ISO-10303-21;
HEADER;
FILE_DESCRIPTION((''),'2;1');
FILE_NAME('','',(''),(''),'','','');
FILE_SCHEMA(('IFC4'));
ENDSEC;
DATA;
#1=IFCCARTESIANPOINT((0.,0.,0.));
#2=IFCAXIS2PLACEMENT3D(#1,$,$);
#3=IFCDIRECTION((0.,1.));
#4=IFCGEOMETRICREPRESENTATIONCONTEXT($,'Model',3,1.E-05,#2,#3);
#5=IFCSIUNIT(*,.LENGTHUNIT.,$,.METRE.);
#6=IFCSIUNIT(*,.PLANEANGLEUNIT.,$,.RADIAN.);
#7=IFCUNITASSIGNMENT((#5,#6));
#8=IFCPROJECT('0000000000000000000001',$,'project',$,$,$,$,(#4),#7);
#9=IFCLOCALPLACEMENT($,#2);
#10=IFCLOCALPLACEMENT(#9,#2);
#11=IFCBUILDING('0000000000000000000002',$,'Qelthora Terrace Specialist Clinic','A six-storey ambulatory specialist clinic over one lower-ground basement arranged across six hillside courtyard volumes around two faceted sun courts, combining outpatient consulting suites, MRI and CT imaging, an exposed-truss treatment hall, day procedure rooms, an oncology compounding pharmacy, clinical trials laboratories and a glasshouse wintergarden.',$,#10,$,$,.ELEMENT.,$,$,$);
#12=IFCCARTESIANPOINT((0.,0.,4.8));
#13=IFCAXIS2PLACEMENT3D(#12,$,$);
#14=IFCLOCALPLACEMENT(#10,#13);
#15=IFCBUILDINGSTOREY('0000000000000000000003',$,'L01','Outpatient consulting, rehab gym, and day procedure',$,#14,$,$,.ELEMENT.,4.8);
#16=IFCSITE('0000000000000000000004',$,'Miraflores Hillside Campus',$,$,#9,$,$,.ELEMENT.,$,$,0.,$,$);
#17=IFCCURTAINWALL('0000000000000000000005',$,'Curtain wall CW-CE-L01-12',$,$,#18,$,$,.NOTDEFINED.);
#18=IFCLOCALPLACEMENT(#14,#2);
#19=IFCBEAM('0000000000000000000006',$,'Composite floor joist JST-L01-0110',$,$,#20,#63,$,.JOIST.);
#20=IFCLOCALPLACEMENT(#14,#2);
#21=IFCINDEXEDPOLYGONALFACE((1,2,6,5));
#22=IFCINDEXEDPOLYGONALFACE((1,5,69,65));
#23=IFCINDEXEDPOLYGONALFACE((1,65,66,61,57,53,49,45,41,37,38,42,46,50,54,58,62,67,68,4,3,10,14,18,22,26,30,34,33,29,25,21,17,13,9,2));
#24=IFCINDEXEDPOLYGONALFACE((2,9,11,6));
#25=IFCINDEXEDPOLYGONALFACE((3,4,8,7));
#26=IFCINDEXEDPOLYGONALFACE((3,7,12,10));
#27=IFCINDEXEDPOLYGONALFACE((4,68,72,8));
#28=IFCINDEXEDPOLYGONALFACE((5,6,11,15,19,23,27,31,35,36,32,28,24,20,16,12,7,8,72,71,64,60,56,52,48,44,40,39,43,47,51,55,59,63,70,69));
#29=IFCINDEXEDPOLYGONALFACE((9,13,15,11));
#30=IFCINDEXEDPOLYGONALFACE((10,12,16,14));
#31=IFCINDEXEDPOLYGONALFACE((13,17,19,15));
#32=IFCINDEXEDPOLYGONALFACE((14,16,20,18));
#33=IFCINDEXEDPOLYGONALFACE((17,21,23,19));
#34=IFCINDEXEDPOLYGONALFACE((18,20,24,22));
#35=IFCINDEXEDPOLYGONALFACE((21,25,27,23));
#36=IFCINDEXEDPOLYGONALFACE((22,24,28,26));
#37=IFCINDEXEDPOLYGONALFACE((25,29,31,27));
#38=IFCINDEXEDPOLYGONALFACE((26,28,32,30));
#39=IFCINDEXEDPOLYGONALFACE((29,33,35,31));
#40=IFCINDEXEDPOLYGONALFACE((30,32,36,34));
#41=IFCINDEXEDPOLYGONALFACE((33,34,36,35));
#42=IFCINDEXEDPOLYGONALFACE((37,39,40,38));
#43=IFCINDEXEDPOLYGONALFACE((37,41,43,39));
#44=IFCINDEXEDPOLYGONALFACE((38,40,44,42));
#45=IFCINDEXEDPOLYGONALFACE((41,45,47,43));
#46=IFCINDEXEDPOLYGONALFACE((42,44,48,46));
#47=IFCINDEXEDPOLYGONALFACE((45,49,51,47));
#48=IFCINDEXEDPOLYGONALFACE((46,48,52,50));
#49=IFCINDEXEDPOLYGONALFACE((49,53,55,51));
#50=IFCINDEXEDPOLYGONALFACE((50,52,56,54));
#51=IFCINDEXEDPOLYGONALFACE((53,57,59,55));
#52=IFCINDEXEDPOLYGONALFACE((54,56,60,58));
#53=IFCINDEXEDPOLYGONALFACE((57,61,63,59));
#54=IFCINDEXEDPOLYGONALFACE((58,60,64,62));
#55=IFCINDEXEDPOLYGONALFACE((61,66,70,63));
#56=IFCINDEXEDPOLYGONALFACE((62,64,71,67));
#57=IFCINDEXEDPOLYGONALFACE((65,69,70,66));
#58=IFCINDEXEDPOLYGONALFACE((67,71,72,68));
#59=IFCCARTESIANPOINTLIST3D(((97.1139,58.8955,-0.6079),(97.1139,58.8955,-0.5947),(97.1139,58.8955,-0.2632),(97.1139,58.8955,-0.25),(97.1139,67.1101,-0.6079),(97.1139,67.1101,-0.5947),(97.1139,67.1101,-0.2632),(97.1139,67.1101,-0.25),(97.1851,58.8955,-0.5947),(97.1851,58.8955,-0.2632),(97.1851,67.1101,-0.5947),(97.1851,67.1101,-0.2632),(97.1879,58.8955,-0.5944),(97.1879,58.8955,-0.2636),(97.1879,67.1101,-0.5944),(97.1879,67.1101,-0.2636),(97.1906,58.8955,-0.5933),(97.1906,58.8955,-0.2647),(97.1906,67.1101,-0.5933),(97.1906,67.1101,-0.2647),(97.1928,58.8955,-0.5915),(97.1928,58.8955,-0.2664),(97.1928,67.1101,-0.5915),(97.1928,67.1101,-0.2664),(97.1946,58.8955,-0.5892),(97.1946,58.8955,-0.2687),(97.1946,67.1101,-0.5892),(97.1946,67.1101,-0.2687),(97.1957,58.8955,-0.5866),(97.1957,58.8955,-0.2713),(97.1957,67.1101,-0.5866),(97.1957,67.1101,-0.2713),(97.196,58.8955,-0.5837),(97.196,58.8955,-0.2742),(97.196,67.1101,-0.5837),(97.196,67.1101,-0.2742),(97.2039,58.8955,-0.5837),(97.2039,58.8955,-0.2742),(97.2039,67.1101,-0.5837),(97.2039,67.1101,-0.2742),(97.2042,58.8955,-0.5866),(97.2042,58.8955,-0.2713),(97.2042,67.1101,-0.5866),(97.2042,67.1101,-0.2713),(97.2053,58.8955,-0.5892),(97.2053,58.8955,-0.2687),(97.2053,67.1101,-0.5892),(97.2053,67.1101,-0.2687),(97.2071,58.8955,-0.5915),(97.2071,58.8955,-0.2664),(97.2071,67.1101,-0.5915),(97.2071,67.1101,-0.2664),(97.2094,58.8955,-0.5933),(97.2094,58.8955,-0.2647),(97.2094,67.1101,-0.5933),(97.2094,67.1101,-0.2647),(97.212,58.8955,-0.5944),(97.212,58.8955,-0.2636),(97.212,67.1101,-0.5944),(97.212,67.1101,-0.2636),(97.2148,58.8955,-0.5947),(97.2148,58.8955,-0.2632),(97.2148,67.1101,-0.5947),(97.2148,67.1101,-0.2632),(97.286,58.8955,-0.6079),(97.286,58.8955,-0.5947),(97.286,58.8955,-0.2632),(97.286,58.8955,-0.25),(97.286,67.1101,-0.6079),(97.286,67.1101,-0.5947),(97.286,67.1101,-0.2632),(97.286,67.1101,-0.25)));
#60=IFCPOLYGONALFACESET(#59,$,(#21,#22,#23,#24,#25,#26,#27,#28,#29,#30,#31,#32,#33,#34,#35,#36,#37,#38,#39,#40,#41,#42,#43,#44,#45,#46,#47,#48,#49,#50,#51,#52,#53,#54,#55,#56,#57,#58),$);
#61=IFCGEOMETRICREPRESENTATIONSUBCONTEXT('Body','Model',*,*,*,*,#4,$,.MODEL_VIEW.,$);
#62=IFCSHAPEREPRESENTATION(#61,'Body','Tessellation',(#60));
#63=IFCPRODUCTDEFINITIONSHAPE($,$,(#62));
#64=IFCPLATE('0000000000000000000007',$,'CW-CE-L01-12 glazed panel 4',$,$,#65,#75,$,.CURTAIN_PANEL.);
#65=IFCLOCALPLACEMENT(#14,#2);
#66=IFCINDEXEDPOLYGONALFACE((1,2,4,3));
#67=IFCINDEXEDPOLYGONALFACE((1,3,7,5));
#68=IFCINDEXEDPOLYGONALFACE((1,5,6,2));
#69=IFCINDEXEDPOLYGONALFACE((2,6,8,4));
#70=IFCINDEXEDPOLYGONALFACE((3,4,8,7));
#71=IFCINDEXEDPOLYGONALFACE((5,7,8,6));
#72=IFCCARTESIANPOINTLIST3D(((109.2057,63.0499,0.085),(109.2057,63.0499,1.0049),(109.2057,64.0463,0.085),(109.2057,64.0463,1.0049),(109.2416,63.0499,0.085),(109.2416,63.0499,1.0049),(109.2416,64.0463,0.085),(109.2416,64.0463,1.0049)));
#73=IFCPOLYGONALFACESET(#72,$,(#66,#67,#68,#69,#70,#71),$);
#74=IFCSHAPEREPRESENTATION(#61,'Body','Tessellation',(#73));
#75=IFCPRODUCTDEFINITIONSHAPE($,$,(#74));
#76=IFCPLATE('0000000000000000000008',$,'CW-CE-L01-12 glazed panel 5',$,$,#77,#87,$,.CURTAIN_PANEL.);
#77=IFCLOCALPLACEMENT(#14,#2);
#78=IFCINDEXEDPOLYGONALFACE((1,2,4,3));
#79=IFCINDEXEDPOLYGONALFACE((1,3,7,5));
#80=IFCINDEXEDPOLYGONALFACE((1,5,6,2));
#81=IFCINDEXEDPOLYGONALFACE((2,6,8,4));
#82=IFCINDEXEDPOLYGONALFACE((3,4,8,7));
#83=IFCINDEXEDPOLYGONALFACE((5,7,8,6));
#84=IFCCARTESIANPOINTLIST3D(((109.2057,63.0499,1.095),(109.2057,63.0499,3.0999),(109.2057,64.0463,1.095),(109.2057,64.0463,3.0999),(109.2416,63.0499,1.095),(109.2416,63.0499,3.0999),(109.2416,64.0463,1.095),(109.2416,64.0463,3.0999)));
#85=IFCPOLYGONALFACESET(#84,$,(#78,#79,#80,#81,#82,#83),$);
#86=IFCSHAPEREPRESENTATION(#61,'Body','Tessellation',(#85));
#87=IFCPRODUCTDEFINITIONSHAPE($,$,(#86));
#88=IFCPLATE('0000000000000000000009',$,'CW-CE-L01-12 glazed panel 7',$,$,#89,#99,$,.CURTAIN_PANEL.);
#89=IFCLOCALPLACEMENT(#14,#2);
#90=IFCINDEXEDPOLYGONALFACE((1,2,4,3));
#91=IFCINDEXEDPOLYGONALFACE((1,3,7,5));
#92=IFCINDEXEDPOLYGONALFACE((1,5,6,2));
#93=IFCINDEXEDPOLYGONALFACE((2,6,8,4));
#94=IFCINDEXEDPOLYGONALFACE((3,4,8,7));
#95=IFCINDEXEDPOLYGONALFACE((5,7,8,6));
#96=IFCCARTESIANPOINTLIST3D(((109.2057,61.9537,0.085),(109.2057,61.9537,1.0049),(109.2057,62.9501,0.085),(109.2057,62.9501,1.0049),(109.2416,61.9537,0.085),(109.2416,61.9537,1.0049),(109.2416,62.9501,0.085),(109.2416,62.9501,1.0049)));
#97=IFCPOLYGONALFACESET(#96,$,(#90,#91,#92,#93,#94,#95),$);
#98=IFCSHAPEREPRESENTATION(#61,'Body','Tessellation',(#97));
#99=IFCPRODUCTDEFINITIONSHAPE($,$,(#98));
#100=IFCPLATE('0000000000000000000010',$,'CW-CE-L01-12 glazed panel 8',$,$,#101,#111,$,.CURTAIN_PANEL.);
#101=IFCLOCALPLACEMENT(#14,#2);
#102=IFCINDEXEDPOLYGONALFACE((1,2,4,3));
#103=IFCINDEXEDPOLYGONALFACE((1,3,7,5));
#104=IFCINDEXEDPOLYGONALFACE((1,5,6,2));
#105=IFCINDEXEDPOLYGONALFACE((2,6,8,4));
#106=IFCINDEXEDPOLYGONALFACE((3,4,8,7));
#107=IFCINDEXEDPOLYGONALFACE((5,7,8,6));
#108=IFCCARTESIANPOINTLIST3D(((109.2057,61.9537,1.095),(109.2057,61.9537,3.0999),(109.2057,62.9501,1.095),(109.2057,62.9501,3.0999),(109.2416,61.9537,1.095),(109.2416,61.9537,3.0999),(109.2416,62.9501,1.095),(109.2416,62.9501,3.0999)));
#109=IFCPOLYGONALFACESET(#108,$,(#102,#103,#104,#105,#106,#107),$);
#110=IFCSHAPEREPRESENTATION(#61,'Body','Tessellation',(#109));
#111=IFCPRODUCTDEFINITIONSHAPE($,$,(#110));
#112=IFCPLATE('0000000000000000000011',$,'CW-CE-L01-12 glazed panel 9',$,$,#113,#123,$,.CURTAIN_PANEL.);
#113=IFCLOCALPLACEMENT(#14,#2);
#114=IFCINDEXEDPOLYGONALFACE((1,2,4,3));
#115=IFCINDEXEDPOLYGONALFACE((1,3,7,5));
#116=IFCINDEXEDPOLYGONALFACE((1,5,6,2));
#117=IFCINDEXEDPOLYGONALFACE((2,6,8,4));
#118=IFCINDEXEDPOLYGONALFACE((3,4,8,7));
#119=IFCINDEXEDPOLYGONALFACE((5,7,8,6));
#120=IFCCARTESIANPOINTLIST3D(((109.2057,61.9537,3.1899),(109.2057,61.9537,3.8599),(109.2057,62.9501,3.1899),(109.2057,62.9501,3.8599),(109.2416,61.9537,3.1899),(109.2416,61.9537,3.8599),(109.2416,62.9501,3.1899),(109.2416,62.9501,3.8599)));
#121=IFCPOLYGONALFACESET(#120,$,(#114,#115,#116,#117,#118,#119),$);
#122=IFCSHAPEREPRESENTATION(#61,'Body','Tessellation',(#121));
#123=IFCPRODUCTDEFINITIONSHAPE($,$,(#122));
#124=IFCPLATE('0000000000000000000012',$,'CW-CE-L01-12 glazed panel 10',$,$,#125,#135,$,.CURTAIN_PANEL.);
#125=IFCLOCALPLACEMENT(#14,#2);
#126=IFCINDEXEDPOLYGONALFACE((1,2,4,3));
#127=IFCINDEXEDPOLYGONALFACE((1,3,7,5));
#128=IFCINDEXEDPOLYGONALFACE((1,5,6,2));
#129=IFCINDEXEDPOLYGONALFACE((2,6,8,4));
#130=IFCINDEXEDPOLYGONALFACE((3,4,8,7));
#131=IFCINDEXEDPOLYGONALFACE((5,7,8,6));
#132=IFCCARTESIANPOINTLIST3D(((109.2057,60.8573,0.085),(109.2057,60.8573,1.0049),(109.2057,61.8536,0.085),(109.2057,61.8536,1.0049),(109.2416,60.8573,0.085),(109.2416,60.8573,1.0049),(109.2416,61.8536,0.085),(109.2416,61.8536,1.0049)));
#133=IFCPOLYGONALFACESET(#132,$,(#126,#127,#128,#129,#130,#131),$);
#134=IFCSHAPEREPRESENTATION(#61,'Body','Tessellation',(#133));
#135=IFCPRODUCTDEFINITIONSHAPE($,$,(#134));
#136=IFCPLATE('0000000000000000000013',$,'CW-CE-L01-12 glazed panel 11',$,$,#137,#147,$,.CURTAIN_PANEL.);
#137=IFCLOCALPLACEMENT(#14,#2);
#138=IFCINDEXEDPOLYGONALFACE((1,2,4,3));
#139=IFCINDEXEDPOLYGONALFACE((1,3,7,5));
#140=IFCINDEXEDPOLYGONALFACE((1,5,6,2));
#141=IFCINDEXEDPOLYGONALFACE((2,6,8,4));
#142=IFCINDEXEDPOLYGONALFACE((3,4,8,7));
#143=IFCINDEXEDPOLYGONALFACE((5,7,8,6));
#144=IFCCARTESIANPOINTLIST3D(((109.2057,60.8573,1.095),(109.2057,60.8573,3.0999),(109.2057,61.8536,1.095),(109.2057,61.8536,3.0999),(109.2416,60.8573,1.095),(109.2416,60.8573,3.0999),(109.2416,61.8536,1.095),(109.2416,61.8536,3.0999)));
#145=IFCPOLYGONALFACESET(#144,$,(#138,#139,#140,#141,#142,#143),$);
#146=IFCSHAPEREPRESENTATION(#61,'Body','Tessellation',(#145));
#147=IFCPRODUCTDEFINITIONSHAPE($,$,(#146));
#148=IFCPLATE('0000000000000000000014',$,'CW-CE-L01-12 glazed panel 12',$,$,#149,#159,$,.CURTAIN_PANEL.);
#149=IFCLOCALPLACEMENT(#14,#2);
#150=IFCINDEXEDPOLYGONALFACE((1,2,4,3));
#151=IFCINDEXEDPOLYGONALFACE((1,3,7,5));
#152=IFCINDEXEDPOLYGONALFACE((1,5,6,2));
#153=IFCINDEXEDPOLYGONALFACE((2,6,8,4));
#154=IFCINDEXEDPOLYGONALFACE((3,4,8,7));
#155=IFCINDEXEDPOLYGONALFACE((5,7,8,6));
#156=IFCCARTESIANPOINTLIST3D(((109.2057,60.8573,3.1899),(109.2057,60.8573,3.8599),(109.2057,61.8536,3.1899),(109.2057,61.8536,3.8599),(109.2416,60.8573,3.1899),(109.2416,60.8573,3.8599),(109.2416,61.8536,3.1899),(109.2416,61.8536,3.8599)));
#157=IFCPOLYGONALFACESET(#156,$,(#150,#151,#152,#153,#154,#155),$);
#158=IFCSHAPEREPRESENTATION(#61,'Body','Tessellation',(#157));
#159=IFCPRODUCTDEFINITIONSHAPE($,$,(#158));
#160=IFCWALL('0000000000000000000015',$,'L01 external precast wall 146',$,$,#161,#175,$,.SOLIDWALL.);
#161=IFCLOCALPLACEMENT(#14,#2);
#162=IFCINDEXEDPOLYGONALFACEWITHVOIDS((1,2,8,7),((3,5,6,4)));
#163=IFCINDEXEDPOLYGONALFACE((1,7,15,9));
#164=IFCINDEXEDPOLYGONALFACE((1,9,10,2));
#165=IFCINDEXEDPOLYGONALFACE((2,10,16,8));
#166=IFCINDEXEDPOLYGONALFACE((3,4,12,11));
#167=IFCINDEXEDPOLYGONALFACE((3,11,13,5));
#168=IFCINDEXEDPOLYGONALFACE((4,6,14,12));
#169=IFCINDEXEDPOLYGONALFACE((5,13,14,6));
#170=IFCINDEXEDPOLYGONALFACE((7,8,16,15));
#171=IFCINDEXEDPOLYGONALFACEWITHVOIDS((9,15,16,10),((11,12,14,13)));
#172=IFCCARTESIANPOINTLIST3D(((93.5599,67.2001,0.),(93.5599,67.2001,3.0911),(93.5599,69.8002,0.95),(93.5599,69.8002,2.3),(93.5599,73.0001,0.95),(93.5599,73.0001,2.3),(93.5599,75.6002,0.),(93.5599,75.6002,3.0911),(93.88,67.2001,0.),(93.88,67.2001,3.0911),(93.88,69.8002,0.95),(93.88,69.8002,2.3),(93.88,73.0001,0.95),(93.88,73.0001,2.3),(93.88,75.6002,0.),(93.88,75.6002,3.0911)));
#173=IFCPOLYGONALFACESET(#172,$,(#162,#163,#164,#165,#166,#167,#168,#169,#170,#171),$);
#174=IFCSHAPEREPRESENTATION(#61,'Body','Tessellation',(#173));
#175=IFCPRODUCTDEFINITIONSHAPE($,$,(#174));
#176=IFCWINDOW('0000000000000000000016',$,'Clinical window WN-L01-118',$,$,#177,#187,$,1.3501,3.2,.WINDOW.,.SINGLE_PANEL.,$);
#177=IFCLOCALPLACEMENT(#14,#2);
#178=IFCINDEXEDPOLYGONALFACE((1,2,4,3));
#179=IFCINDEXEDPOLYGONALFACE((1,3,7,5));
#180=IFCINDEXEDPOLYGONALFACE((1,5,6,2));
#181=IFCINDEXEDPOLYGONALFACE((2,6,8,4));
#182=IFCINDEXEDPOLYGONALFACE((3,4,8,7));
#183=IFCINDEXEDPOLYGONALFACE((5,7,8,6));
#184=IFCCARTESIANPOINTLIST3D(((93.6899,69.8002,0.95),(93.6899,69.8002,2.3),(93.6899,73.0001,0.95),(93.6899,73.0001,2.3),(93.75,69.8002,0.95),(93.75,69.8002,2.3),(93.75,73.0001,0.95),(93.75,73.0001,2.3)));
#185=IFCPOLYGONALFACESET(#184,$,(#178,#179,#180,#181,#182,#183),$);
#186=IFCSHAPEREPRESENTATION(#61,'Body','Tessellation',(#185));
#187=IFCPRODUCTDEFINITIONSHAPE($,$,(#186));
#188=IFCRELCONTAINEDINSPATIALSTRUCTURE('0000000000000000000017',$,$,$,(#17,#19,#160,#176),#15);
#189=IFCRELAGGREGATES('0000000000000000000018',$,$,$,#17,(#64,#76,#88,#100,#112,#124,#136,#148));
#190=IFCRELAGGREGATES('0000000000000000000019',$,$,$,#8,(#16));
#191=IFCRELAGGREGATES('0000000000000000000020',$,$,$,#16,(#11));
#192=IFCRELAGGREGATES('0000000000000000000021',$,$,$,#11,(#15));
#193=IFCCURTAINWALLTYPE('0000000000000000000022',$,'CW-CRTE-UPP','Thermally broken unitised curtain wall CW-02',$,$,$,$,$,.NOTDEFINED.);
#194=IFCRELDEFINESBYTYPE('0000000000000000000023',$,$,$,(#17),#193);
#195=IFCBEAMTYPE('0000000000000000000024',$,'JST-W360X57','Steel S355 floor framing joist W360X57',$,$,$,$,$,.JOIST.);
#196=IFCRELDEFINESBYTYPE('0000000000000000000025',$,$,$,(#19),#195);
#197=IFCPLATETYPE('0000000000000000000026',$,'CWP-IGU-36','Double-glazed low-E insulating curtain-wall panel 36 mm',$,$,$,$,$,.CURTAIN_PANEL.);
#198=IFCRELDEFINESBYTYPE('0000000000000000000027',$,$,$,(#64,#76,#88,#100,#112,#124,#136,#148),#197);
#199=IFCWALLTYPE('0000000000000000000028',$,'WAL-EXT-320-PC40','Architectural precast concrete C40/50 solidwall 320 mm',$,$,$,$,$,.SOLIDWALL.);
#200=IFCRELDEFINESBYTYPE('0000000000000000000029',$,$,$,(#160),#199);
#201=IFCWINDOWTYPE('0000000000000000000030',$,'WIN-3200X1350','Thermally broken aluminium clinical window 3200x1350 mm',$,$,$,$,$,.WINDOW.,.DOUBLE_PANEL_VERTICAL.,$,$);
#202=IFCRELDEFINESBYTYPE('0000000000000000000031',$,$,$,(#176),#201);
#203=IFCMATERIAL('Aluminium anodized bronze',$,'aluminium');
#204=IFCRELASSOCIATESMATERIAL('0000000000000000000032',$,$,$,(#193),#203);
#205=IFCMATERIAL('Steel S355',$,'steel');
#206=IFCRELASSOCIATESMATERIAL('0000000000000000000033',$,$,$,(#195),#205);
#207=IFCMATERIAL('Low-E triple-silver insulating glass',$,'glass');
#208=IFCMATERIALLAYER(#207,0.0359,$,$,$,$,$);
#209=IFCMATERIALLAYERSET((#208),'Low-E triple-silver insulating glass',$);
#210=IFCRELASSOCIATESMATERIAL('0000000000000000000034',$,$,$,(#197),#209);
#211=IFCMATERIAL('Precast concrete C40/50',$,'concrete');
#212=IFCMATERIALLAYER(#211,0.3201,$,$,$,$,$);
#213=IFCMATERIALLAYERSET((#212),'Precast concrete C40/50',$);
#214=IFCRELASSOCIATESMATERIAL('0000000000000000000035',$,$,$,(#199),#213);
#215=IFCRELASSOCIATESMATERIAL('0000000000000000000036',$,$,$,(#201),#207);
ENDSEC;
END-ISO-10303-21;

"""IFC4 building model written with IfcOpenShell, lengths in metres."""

from ifc_helpers import new_model, si_unit, direction, frame, frame_2d, origin, origin_2d, place, context, subcontext, project, spatial, rectangle, i_section, extrude, material, layer, layer_set, material_profile, profile_set, type_object, element, fill, aggregate, save


model = new_model("IFC4")

# Units and contexts
model_context = context("Model", 3, precision=1e-05, world=origin(), true_north=direction((0.0, 1.0)))
body_context = subcontext(model_context, "Body", "Model", "MODEL_VIEW")
ifc_project = project(units=[si_unit("LENGTHUNIT", "METRE"), si_unit("PLANEANGLEUNIT", "RADIAN")], contexts=[model_context])

# Site, building, storey
site_placement = place(None, origin())
site = spatial("IfcSite", under=ifc_project, at=site_placement, Name="Miraflores Hillside Campus", CompositionType="ELEMENT", RefElevation=0.0)
building_placement = place(site_placement, origin())
building = spatial("IfcBuilding", under=site, at=building_placement, Name="Qelthora Terrace Specialist Clinic", Description="A six-storey ambulatory specialist clinic over one lower-ground basement arranged across six hillside courtyard volumes around two faceted sun courts, combining outpatient consulting suites, MRI and CT imaging, an exposed-truss treatment hall, day procedure rooms, an oncology compounding pharmacy, clinical trials laboratories and a glasshouse wintergarden.", CompositionType="ELEMENT")
storey_placement = place(building_placement, frame((0.0, 0.0, 4.8)))
storey = spatial("IfcBuildingStorey", under=building, at=storey_placement, Name="L01", Description="Outpatient consulting, rehab gym, and day procedure", CompositionType="ELEMENT", Elevation=4.8)

# Shared definitions
ifc_material_1 = material(Name="Steel S355", Category="steel")

# Curtain wall
ifc_material_2 = material(Name="Aluminium anodized bronze", Category="aluminium")
curtain_wall_type_1 = type_object("IfcCurtainWallType", Name="CW-CRTE-UPP", Description="Thermally broken unitised curtain wall CW-02", PredefinedType="NOTDEFINED", material=ifc_material_2)
curtain_wall_1_placement = place(storey_placement, origin())
curtain_wall_1 = element("IfcCurtainWall", 1, at=curtain_wall_1_placement, inside=storey, type_object=curtain_wall_type_1, Name="Curtain wall CW-CE-L01-12", PredefinedType="NOTDEFINED")

# Beam
ifc_material_profile_1 = material_profile(ifc_material_1, i_section(OverallWidth=0.1721, OverallDepth=0.3579, WebThickness=0.0078, FlangeThickness=0.0132, FilletRadius=0.011, at=origin_2d()), Name="W360X57")
ifc_profile_set_1 = profile_set([ifc_material_profile_1], Name="Steel S355")
beam_type_1 = type_object("IfcBeamType", Name="JST-W360X57", Description="Steel S355 floor framing joist W360X57", PredefinedType="JOIST", material=ifc_profile_set_1)
beam_1_placement = place(storey_placement, frame((97.2, 58.8955, -0.429), z_axis=(0.0, 1.0, 0.0), x_axis=(-1.0, 0.0, 0.0)))
element("IfcBeam", 2, at=beam_1_placement, inside=storey, type_object=beam_type_1, Name="Composite floor joist JST-L01-0110", PredefinedType="JOIST", context=body_context, shape_type="SweptSolid", body=[
    extrude(i_section(OverallWidth=0.1721, OverallDepth=0.3579, WebThickness=0.0078, FlangeThickness=0.0132, FilletRadius=0.011, at=origin_2d()), origin(), (0.0, 0.0, 1.0), 8.2146),
])

# Plates
ifc_material_3 = material(Name="Low-E triple-silver insulating glass", Category="glass")
ifc_layer_1 = layer(ifc_material_3, 0.0359)
ifc_layer_set_1 = layer_set([ifc_layer_1], Name="Low-E triple-silver insulating glass")
plate_type = type_object("IfcPlateType", Name="CWP-IGU-36", Description="Double-glazed low-E insulating curtain-wall panel 36 mm", PredefinedType="CURTAIN_PANEL", material=ifc_layer_set_1)
plate_1_placement = place(storey_placement, frame((109.2236, 63.5481, 0.085), z_axis=(0.0, 0.0, 1.0), x_axis=(0.0, -1.0, 0.0)))
plate_1 = element("IfcPlate", 3, at=plate_1_placement, type_object=plate_type, Name="CW-CE-L01-12 glazed panel 4", PredefinedType="CURTAIN_PANEL", context=body_context, shape_type="SweptSolid", body=[
    extrude(rectangle(XDim=0.9963, YDim=0.0359, at=origin_2d()), origin(), (0.0, 0.0, 1.0), 0.9199),
])
plate_2_placement = place(storey_placement, frame((109.2236, 63.5481, 1.095), z_axis=(0.0, 0.0, 1.0), x_axis=(0.0, -1.0, 0.0)))
plate_2 = element("IfcPlate", 4, at=plate_2_placement, type_object=plate_type, Name="CW-CE-L01-12 glazed panel 5", PredefinedType="CURTAIN_PANEL", context=body_context, shape_type="SweptSolid", body=[
    extrude(rectangle(XDim=0.9963, YDim=0.0359, at=origin_2d()), origin(), (0.0, 0.0, 1.0), 2.0049),
])
plate_3_placement = place(storey_placement, frame((109.2236, 62.4519, 0.085), z_axis=(0.0, 0.0, 1.0), x_axis=(0.0, -1.0, 0.0)))
plate_3 = element("IfcPlate", 5, at=plate_3_placement, type_object=plate_type, Name="CW-CE-L01-12 glazed panel 7", PredefinedType="CURTAIN_PANEL", context=body_context, shape_type="SweptSolid", body=[
    extrude(rectangle(XDim=0.9963, YDim=0.0359, at=origin_2d()), origin(), (0.0, 0.0, 1.0), 0.9199),
])
plate_4_placement = place(storey_placement, frame((109.2236, 62.4519, 1.095), z_axis=(0.0, 0.0, 1.0), x_axis=(0.0, -1.0, 0.0)))
plate_4 = element("IfcPlate", 6, at=plate_4_placement, type_object=plate_type, Name="CW-CE-L01-12 glazed panel 8", PredefinedType="CURTAIN_PANEL", context=body_context, shape_type="SweptSolid", body=[
    extrude(rectangle(XDim=0.9963, YDim=0.0359, at=origin_2d()), origin(), (0.0, 0.0, 1.0), 2.0049),
])
plate_5_placement = place(storey_placement, frame((109.2236, 62.4519, 3.1899), z_axis=(0.0, 0.0, 1.0), x_axis=(0.0, -1.0, 0.0)))
plate_5 = element("IfcPlate", 7, at=plate_5_placement, type_object=plate_type, Name="CW-CE-L01-12 glazed panel 9", PredefinedType="CURTAIN_PANEL", context=body_context, shape_type="SweptSolid", body=[
    extrude(rectangle(XDim=0.9963, YDim=0.0359, at=origin_2d()), origin(), (0.0, 0.0, 1.0), 0.6699),
])
plate_6_placement = place(storey_placement, frame((109.2236, 61.3555, 0.085), z_axis=(0.0, 0.0, 1.0), x_axis=(0.0, -1.0, 0.0)))
plate_6 = element("IfcPlate", 8, at=plate_6_placement, type_object=plate_type, Name="CW-CE-L01-12 glazed panel 10", PredefinedType="CURTAIN_PANEL", context=body_context, shape_type="SweptSolid", body=[
    extrude(rectangle(XDim=0.9963, YDim=0.0359, at=origin_2d()), origin(), (0.0, 0.0, 1.0), 0.9199),
])
plate_7_placement = place(storey_placement, frame((109.2236, 61.3555, 1.095), z_axis=(0.0, 0.0, 1.0), x_axis=(0.0, -1.0, 0.0)))
plate_7 = element("IfcPlate", 9, at=plate_7_placement, type_object=plate_type, Name="CW-CE-L01-12 glazed panel 11", PredefinedType="CURTAIN_PANEL", context=body_context, shape_type="SweptSolid", body=[
    extrude(rectangle(XDim=0.9963, YDim=0.0359, at=origin_2d()), origin(), (0.0, 0.0, 1.0), 2.0049),
])
plate_8_placement = place(storey_placement, frame((109.2236, 61.3555, 3.1899), z_axis=(0.0, 0.0, 1.0), x_axis=(0.0, -1.0, 0.0)))
plate_8 = element("IfcPlate", 10, at=plate_8_placement, type_object=plate_type, Name="CW-CE-L01-12 glazed panel 12", PredefinedType="CURTAIN_PANEL", context=body_context, shape_type="SweptSolid", body=[
    extrude(rectangle(XDim=0.9963, YDim=0.0359, at=origin_2d()), origin(), (0.0, 0.0, 1.0), 0.6699),
])
aggregate(curtain_wall_1, [plate_1, plate_2, plate_3, plate_4, plate_5, plate_6, plate_7, plate_8])

# Wall, opening, window
ifc_material_4 = material(Name="Precast concrete C40/50", Category="concrete")
ifc_layer_2 = layer(ifc_material_4, 0.3201)
ifc_layer_set_2 = layer_set([ifc_layer_2], Name="Precast concrete C40/50")
wall_type_1 = type_object("IfcWallType", Name="WAL-EXT-320-PC40", Description="Architectural precast concrete C40/50 solidwall 320 mm", PredefinedType="SOLIDWALL", material=ifc_layer_set_2)
wall_1_placement = place(storey_placement, frame((93.72, 67.2, 0.0), z_axis=(0.0, 0.0, 1.0), x_axis=(0.0, 1.0, 0.0)))
wall_1 = element("IfcWall", 11, at=wall_1_placement, inside=storey, type_object=wall_type_1, Name="L01 external precast wall 146", PredefinedType="SOLIDWALL", context=body_context, shape_type="SweptSolid", body=[
    extrude(rectangle(XDim=8.4001, YDim=0.3201, at=frame_2d((4.2002, 0.0))), origin(), (0.0, 0.0, 1.0), 3.0911),
])
opening_placement = place(wall_1_placement, frame((2.6001, 0.0, 0.95)))
opening = element("IfcOpeningElement", 12, at=opening_placement, cuts=wall_1, PredefinedType="OPENING", context=body_context, shape_type="SweptSolid", body=[
    extrude(rectangle(XDim=3.2, YDim=1.3501, at=frame_2d((1.6001, 0.675))), frame((0.0, 0.1699, 0.0), z_axis=(0.0, -1.0, 0.0), x_axis=(1.0, 0.0, 0.0)), (0.0, 0.0, 1.0), 0.3401),
])
window_type = type_object("IfcWindowType", Name="WIN-3200X1350", Description="Thermally broken aluminium clinical window 3200x1350 mm", PartitioningType="DOUBLE_PANEL_VERTICAL", PredefinedType="WINDOW", material=ifc_material_3)
window_placement = place(opening_placement, origin())
window = element("IfcWindow", 13, at=window_placement, inside=storey, type_object=window_type, Name="Clinical window WN-L01-118", OverallHeight=1.3501, OverallWidth=3.2, PartitioningType="SINGLE_PANEL", PredefinedType="WINDOW", context=body_context, shape_type="SweptSolid", body=[
    extrude(rectangle(XDim=3.2, YDim=1.3501, at=frame_2d((1.6001, 0.675))), frame((0.0, 0.03, 0.0), z_axis=(0.0, -1.0, 0.0), x_axis=(1.0, 0.0, 0.0)), (0.0, 0.0, 1.0), 0.0601),
])
fill(opening, window)

save(model, "model.ifc")
